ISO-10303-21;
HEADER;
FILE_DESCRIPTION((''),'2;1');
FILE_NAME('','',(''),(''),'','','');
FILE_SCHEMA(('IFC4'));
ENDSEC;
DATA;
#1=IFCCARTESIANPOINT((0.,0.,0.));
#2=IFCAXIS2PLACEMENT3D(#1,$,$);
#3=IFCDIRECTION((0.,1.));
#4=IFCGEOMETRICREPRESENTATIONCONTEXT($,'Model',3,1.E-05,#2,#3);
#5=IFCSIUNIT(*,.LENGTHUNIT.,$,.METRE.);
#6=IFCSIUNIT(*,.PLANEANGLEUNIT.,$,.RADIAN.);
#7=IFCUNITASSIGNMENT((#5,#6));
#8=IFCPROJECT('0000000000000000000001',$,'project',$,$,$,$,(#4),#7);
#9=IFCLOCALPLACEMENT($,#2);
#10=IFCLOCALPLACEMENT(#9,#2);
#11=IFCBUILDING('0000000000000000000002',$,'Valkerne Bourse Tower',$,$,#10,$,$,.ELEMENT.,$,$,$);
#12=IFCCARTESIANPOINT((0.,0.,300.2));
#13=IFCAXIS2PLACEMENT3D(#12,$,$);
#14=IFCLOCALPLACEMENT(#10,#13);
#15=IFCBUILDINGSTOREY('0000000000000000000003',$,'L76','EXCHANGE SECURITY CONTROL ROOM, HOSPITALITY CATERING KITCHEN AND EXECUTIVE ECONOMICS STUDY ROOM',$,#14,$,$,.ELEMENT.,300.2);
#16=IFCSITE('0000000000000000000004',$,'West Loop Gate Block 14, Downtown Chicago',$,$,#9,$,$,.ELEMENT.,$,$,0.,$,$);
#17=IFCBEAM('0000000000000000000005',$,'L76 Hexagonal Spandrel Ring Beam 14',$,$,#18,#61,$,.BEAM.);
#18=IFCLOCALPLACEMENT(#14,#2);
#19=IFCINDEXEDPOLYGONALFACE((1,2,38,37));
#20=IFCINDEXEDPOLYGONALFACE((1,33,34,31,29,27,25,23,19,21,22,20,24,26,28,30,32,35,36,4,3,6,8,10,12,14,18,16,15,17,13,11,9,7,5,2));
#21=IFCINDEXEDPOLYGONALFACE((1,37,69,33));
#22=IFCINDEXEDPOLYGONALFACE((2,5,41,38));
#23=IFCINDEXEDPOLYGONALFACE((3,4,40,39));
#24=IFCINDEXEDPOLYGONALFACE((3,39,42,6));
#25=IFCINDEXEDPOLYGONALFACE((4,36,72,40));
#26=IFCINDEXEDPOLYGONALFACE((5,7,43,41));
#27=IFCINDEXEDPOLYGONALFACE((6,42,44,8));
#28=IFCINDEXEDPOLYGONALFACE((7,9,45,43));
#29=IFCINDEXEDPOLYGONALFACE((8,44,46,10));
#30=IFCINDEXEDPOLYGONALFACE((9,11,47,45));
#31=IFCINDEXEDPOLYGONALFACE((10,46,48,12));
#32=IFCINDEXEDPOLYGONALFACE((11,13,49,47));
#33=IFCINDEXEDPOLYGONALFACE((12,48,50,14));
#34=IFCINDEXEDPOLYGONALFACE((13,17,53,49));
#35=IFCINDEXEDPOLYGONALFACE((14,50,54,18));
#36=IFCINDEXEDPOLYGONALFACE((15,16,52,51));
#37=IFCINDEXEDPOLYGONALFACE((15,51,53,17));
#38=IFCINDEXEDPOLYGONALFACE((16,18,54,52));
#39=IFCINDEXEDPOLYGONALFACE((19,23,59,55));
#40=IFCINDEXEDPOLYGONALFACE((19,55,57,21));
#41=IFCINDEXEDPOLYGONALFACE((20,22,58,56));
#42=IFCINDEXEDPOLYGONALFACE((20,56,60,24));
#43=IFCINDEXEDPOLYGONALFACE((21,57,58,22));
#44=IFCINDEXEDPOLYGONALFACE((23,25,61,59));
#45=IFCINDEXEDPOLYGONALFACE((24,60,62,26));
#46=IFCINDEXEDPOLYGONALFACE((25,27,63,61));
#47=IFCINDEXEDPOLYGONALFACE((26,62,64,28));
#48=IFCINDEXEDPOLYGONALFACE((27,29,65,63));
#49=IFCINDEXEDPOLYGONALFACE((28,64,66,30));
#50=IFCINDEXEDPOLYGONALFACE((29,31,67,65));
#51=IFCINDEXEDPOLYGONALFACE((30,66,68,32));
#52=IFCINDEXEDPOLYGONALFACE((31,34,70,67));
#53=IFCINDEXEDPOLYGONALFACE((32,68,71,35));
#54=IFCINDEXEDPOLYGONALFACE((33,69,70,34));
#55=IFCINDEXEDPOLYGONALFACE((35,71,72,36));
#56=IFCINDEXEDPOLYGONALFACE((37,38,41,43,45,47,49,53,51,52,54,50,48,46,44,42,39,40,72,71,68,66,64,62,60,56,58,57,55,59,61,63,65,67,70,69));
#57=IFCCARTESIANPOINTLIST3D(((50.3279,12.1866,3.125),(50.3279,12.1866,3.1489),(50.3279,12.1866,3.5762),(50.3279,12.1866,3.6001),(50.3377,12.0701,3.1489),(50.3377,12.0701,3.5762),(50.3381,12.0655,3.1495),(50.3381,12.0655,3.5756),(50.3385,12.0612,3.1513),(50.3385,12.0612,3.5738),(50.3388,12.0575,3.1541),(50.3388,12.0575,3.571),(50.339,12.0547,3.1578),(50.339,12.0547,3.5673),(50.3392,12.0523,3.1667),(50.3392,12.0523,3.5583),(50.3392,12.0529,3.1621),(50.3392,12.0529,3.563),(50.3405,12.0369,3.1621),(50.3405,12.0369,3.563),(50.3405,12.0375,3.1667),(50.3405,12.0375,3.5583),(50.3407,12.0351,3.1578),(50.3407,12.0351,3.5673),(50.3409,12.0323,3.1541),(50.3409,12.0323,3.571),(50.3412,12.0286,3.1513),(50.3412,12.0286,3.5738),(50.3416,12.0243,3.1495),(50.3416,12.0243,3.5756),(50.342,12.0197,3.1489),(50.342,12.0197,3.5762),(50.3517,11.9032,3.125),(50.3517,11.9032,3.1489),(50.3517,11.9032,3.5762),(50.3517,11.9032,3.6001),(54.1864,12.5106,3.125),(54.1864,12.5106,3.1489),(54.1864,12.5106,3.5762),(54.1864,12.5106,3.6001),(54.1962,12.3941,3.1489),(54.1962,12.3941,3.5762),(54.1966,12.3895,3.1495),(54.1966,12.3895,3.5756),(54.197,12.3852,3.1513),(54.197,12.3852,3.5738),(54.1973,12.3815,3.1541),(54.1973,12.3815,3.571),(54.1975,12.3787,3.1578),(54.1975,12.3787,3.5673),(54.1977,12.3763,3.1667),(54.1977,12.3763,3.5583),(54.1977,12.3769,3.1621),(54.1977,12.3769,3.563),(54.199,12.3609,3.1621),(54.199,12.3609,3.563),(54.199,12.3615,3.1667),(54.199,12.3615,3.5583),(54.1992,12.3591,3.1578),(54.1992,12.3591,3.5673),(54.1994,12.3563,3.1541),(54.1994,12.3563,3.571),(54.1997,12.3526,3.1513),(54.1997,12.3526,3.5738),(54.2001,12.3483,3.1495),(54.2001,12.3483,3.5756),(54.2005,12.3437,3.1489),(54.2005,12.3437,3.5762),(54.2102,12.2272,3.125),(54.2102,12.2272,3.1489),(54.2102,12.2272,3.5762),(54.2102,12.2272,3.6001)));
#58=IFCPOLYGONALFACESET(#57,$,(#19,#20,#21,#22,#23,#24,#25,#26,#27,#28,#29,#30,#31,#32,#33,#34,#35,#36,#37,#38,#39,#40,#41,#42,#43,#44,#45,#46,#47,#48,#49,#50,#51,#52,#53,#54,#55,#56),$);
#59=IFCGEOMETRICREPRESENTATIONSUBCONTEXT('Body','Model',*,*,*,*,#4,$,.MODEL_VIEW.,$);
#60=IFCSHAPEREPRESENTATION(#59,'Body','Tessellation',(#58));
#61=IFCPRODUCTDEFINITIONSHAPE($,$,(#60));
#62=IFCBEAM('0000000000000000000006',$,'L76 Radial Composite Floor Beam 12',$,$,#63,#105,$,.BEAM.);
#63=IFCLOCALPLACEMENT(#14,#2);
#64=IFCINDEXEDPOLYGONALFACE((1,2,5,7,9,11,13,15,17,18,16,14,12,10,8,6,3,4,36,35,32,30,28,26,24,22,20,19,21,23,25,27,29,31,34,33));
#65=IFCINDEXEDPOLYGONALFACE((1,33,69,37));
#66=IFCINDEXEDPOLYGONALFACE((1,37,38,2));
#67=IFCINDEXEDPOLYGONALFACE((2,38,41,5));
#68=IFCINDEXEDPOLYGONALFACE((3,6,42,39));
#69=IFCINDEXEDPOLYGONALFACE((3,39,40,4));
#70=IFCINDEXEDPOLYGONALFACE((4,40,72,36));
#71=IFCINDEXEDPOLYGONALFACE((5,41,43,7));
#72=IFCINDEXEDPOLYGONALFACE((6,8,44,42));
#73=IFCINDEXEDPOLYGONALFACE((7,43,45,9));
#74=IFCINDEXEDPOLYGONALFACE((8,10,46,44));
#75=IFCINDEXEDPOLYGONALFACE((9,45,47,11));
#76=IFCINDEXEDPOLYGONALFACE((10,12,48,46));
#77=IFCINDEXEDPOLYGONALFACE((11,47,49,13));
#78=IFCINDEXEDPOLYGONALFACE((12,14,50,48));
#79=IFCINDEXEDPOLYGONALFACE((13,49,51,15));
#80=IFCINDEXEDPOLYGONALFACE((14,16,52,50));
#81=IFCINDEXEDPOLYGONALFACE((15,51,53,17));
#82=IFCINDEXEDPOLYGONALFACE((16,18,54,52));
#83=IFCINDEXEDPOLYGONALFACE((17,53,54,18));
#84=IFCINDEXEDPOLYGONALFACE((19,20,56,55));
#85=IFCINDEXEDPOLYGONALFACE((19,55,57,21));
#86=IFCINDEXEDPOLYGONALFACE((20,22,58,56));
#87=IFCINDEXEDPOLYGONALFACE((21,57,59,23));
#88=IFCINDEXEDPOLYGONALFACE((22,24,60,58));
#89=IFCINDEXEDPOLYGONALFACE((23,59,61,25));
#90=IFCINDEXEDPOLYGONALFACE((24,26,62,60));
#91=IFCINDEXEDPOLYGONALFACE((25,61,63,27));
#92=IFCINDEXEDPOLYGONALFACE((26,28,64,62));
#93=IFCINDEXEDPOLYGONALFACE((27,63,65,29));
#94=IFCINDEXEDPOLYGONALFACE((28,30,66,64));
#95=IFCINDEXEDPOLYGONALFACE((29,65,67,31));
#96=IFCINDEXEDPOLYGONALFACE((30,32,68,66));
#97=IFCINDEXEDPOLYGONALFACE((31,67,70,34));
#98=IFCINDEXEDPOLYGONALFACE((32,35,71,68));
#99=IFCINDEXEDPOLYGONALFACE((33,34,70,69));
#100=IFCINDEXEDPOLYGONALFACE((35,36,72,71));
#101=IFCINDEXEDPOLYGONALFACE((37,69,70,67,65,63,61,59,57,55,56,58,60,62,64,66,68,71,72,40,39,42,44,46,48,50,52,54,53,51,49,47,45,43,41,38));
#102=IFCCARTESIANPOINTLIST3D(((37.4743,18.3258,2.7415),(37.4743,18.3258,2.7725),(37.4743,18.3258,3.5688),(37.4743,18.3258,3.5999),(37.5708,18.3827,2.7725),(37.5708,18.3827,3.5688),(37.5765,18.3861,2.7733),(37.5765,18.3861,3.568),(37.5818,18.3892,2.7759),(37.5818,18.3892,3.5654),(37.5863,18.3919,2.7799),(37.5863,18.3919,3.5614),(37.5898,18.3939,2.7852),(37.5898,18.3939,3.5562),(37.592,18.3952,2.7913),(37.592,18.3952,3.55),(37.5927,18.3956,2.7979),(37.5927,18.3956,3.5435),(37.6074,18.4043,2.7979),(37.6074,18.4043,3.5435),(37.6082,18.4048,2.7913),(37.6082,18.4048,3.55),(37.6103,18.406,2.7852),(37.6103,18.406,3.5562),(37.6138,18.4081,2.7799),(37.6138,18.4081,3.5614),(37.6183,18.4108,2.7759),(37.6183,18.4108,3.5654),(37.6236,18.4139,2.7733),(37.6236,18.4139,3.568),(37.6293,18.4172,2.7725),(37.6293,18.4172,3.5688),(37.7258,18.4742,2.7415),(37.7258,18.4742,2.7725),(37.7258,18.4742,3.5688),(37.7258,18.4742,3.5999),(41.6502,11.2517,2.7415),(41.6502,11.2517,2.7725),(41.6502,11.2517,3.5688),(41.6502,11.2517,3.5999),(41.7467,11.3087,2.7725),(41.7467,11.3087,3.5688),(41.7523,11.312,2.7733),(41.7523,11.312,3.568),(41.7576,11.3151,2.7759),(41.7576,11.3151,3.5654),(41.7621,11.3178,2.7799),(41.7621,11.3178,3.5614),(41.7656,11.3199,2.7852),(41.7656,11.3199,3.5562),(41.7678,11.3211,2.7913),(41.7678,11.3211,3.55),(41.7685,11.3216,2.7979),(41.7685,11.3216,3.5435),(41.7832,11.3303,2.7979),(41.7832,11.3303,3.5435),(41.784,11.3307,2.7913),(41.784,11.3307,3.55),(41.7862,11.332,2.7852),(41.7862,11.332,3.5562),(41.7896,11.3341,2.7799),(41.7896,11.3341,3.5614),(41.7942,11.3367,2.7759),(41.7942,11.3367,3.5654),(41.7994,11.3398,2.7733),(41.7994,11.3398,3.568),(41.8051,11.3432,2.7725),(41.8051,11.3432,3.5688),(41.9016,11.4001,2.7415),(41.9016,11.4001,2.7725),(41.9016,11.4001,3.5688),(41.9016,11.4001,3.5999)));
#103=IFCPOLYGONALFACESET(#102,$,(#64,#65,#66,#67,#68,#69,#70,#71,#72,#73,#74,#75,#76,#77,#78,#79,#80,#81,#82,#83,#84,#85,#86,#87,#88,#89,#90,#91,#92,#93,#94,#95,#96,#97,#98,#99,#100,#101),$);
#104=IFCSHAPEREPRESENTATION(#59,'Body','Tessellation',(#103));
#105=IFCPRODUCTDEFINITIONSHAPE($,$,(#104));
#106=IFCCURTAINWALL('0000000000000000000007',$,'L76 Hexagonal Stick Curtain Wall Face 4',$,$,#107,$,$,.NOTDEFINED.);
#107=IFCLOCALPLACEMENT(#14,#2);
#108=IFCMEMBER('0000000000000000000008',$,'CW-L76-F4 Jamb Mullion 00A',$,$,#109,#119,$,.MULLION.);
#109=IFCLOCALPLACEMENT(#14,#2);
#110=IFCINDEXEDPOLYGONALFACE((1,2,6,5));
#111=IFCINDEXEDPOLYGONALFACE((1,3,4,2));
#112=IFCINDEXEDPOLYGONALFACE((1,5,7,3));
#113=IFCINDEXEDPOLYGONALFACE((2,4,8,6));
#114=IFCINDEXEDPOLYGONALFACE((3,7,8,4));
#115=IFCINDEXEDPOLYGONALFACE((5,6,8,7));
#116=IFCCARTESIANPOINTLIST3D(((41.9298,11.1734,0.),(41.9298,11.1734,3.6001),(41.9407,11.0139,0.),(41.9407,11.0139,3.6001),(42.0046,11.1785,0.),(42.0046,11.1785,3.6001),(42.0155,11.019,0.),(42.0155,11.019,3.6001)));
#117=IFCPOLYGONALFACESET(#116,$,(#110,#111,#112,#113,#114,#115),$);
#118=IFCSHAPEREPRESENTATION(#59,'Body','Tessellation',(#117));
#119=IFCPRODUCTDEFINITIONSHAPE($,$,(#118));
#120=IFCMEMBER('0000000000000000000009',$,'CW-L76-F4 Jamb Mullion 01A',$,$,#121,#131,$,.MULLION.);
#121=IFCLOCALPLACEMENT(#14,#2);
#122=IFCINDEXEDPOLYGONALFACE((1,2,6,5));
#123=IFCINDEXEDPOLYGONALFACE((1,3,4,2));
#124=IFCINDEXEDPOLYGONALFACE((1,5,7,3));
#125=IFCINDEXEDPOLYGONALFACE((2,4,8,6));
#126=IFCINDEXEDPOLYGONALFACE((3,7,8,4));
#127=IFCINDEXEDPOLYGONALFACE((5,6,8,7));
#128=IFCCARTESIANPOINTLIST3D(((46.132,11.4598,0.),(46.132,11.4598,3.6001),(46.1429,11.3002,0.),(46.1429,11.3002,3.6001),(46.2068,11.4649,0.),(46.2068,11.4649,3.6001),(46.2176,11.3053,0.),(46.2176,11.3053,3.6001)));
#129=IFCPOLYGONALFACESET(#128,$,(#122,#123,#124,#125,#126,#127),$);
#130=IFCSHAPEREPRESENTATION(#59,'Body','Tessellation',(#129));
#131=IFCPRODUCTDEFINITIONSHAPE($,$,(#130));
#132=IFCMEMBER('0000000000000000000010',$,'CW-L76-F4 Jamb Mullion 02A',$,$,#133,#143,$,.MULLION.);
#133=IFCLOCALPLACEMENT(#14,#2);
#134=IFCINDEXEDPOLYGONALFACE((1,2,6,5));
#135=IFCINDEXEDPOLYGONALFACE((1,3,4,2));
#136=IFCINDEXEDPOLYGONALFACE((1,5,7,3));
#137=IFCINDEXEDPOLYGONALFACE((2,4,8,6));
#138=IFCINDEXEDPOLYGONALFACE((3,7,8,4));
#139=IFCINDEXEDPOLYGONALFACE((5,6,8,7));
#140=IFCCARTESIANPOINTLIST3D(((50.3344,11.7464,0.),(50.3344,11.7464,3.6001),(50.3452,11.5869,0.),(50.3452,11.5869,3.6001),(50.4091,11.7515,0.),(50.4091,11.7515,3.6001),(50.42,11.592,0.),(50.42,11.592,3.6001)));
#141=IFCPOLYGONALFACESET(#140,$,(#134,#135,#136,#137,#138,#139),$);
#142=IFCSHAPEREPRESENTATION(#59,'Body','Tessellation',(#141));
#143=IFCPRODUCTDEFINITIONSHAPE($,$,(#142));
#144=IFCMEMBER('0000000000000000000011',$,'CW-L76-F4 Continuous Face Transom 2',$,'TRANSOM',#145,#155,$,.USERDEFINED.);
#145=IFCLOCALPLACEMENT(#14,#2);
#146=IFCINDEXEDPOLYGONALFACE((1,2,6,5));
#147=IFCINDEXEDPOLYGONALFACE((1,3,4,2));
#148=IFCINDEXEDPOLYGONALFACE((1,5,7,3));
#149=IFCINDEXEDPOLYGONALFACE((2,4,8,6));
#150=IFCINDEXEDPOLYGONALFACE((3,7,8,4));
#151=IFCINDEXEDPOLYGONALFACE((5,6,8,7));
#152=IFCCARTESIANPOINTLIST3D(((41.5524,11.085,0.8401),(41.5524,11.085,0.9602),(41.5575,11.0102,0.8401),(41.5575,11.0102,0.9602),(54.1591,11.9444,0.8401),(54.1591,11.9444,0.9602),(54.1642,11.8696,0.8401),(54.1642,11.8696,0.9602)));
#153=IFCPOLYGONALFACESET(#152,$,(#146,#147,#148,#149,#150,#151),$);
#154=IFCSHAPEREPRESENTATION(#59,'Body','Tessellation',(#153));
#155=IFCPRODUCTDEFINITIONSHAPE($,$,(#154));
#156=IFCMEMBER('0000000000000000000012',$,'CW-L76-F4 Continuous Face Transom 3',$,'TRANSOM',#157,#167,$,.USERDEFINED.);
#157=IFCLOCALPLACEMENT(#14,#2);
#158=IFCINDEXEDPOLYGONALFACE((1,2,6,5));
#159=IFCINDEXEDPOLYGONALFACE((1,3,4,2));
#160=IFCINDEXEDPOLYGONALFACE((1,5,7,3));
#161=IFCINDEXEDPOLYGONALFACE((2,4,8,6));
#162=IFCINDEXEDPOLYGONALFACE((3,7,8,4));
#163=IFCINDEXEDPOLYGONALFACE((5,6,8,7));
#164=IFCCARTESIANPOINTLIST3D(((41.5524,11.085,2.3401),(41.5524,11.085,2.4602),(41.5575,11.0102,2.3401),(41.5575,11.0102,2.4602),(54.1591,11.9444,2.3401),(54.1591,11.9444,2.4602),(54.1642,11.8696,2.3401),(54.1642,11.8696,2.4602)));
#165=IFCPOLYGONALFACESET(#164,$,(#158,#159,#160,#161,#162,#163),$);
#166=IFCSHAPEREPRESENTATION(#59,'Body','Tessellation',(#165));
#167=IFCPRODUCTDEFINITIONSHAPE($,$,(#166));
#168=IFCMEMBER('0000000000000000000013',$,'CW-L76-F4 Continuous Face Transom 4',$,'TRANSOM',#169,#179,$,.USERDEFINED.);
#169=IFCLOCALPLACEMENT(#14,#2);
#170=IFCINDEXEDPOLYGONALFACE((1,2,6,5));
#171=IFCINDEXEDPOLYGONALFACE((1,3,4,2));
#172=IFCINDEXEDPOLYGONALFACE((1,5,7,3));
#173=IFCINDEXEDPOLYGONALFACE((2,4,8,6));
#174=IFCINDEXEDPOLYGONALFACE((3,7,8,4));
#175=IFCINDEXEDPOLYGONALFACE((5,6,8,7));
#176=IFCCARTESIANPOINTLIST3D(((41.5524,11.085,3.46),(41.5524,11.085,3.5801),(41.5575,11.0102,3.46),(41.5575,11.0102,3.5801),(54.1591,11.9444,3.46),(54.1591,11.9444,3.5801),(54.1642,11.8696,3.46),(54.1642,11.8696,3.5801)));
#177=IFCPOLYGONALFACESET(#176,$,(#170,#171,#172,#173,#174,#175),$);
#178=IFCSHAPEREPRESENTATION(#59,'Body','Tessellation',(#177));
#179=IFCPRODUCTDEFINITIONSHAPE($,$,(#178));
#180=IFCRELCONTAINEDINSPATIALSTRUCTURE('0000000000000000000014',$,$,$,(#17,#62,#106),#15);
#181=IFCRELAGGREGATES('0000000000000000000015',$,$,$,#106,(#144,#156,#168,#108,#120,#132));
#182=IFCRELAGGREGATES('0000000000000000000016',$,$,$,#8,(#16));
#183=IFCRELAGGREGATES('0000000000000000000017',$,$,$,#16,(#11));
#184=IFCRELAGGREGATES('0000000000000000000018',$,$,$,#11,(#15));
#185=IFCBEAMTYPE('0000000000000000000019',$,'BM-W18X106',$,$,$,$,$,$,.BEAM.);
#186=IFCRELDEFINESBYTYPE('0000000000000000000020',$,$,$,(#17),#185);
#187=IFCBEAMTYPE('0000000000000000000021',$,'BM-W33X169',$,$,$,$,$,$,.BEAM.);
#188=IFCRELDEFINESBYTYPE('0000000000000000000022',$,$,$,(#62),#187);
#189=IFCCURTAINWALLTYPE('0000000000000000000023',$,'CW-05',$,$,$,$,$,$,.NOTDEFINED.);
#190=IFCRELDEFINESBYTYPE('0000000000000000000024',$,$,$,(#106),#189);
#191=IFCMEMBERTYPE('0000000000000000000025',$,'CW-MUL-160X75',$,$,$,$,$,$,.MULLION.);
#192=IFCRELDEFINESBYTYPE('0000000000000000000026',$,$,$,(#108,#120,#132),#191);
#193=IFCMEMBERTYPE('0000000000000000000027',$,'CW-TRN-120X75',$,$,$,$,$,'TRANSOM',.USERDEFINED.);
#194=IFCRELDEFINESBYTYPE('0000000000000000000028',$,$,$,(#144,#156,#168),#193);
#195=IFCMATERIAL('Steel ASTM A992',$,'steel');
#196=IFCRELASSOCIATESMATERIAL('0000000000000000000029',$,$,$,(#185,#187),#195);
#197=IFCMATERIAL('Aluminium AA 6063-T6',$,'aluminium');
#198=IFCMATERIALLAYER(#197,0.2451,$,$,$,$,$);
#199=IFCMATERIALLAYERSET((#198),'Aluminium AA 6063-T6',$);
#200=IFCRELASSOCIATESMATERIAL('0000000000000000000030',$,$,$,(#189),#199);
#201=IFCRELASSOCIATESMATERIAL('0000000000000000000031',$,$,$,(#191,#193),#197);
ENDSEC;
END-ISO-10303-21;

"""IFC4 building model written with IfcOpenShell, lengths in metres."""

from ifc_helpers import new_model, si_unit, direction, frame, origin, origin_2d, place, context, subcontext, project, spatial, rectangle, i_section, extrude, material, layer, layer_set, material_profile, profile_set, type_object, element, aggregate, save


model = new_model("IFC4")

# Units and contexts
model_context = context("Model", 3, precision=1e-05, world=origin(), true_north=direction((0.0, 1.0)))
body_context = subcontext(model_context, "Body", "Model", "MODEL_VIEW")
ifc_project = project(units=[si_unit("LENGTHUNIT", "METRE"), si_unit("PLANEANGLEUNIT", "RADIAN")], contexts=[model_context])

# Site, building, storey
site_placement = place(None, origin())
site = spatial("IfcSite", under=ifc_project, at=site_placement, Name="West Loop Gate Block 14, Downtown Chicago", CompositionType="ELEMENT", RefElevation=0.0)
building_placement = place(site_placement, origin())
building = spatial("IfcBuilding", under=site, at=building_placement, Name="Valkerne Bourse Tower", CompositionType="ELEMENT")
storey_placement = place(building_placement, frame((0.0, 0.0, 300.2)))
storey = spatial("IfcBuildingStorey", under=building, at=storey_placement, Name="L76", Description="EXCHANGE SECURITY CONTROL ROOM, HOSPITALITY CATERING KITCHEN AND EXECUTIVE ECONOMICS STUDY ROOM", CompositionType="ELEMENT", Elevation=300.2)

# Beams
ifc_material_1 = material(Name="Steel ASTM A992", Category="steel")
ifc_material_profile_1 = material_profile(ifc_material_1, i_section(OverallWidth=0.2844, OverallDepth=0.4751, WebThickness=0.0149, FlangeThickness=0.0239, FilletRadius=0.0178, at=origin_2d()), Name="W18X106")
ifc_profile_set_1 = profile_set([ifc_material_profile_1], Name="Steel ASTM A992")
beam_type_1 = type_object("IfcBeamType", Name="BM-W18X106", PredefinedType="BEAM", material=ifc_profile_set_1)
for number, where, z_axis, x_axis, name in (
    (1, (50.3398, 12.0449, 3.3625), (0.996493, 0.083672, 0.0), (-0.083672, 0.996493, 0.0), "L76 Hexagonal Spandrel Ring Beam 14"),
):
    element("IfcBeam", number, at=place(storey_placement, frame(where, z_axis=z_axis, x_axis=x_axis)), inside=storey, type_object=beam_type_1, Name=name, PredefinedType="BEAM", context=body_context, shape_type="SweptSolid", body=[
        extrude(i_section(OverallWidth=0.2844, OverallDepth=0.4751, WebThickness=0.0149, FlangeThickness=0.0239, FilletRadius=0.0178, at=origin_2d()), origin(), (0.0, 0.0, 1.0), 3.8721),
    ])
ifc_material_profile_2 = material_profile(ifc_material_1, i_section(OverallWidth=0.292, OverallDepth=0.8584, WebThickness=0.0171, FlangeThickness=0.031, FilletRadius=0.0254, at=origin_2d()), Name="W33X169")
ifc_profile_set_2 = profile_set([ifc_material_profile_2], Name="Steel ASTM A992")
beam_type_2 = type_object("IfcBeamType", Name="BM-W33X169", PredefinedType="BEAM", material=ifc_profile_set_2)
beam_placement = place(storey_placement, frame((41.7759, 11.3259, 3.1707), z_axis=(-0.508342, 0.861155, 0.0), x_axis=(-0.861155, -0.508342, 0.0)))
element("IfcBeam", 2, at=beam_placement, inside=storey, type_object=beam_type_2, Name="L76 Radial Composite Floor Beam 12", PredefinedType="BEAM", context=body_context, shape_type="SweptSolid", body=[
    extrude(i_section(OverallWidth=0.292, OverallDepth=0.8584, WebThickness=0.0171, FlangeThickness=0.031, FilletRadius=0.0254, at=origin_2d()), origin(), (0.0, 0.0, 1.0), 8.2146),
])

# Curtain wall, members
ifc_material_2 = material(Name="Aluminium AA 6063-T6", Category="aluminium")
ifc_layer_1 = layer(ifc_material_2, 0.2451)
ifc_layer_set_1 = layer_set([ifc_layer_1], Name="Aluminium AA 6063-T6")
curtain_wall_type = type_object("IfcCurtainWallType", Name="CW-05", PredefinedType="NOTDEFINED", material=ifc_layer_set_1)
curtain_wall_placement = place(storey_placement, origin())
curtain_wall = element("IfcCurtainWall", 3, at=curtain_wall_placement, inside=storey, type_object=curtain_wall_type, Name="L76 Hexagonal Stick Curtain Wall Face 4", PredefinedType="NOTDEFINED")
ifc_material_profile_3 = material_profile(ifc_material_2, rectangle(XDim=0.075, YDim=0.1599, at=origin_2d()), Name="CWM-75X160")
ifc_profile_set_3 = profile_set([ifc_material_profile_3], Name="Aluminium AA 6063-T6")
member_type_1 = type_object("IfcMemberType", Name="CW-MUL-160X75", PredefinedType="MULLION", material=ifc_profile_set_3)
member_1_placement = place(storey_placement, frame((41.9727, 11.0962, 0.0), z_axis=(0.0, 0.0, 1.0), x_axis=(0.997684, 0.068021, 0.0)))
member_1 = element("IfcMember", 4, at=member_1_placement, type_object=member_type_1, Name="CW-L76-F4 Jamb Mullion 00A", PredefinedType="MULLION", context=body_context, shape_type="SweptSolid", body=[
    extrude(rectangle(XDim=0.075, YDim=0.1599, at=origin_2d()), origin(), (0.0, 0.0, 1.0), 3.6001),
])
member_2_placement = place(storey_placement, frame((46.1748, 11.3826, 0.0), z_axis=(0.0, 0.0, 1.0), x_axis=(0.997684, 0.068019, 0.0)))
member_2 = element("IfcMember", 5, at=member_2_placement, type_object=member_type_1, Name="CW-L76-F4 Jamb Mullion 01A", PredefinedType="MULLION", context=body_context, shape_type="SweptSolid", body=[
    extrude(rectangle(XDim=0.075, YDim=0.1599, at=origin_2d()), origin(), (0.0, 0.0, 1.0), 3.6001),
])
member_3_placement = place(storey_placement, frame((50.3772, 11.6692, 0.0), z_axis=(0.0, 0.0, 1.0), x_axis=(0.997684, 0.068021, 0.0)))
member_3 = element("IfcMember", 6, at=member_3_placement, type_object=member_type_1, Name="CW-L76-F4 Jamb Mullion 02A", PredefinedType="MULLION", context=body_context, shape_type="SweptSolid", body=[
    extrude(rectangle(XDim=0.075, YDim=0.1599, at=origin_2d()), origin(), (0.0, 0.0, 1.0), 3.6001),
])
ifc_material_profile_4 = material_profile(ifc_material_2, rectangle(XDim=0.075, YDim=0.1201, at=origin_2d()), Name="CWT-75X120")
ifc_profile_set_4 = profile_set([ifc_material_profile_4], Name="Aluminium AA 6063-T6")
member_type_2 = type_object("IfcMemberType", Name="CW-TRN-120X75", ElementType="TRANSOM", PredefinedType="USERDEFINED", material=ifc_profile_set_4)
member_4_placement = place(storey_placement, frame((41.5549, 11.0476, 0.9001), z_axis=(0.997685, 0.06801, 0.0), x_axis=(-0.06801, 0.997685, 0.0)))
member_4 = element("IfcMember", 7, at=member_4_placement, type_object=member_type_2, Name="CW-L76-F4 Continuous Face Transom 2", ObjectType="TRANSOM", PredefinedType="USERDEFINED", context=body_context, shape_type="SweptSolid", body=[
    extrude(rectangle(XDim=0.075, YDim=0.1201, at=origin_2d()), origin(), (0.0, 0.0, 1.0), 12.636),
])
member_5_placement = place(storey_placement, frame((41.5549, 11.0476, 2.4001), z_axis=(0.997685, 0.06801, 0.0), x_axis=(-0.06801, 0.997685, 0.0)))
member_5 = element("IfcMember", 8, at=member_5_placement, type_object=member_type_2, Name="CW-L76-F4 Continuous Face Transom 3", ObjectType="TRANSOM", PredefinedType="USERDEFINED", context=body_context, shape_type="SweptSolid", body=[
    extrude(rectangle(XDim=0.075, YDim=0.1201, at=origin_2d()), origin(), (0.0, 0.0, 1.0), 12.636),
])
member_6_placement = place(storey_placement, frame((41.5549, 11.0476, 3.52), z_axis=(0.997685, 0.06801, 0.0), x_axis=(-0.06801, 0.997685, 0.0)))
member_6 = element("IfcMember", 9, at=member_6_placement, type_object=member_type_2, Name="CW-L76-F4 Continuous Face Transom 4", ObjectType="TRANSOM", PredefinedType="USERDEFINED", context=body_context, shape_type="SweptSolid", body=[
    extrude(rectangle(XDim=0.075, YDim=0.1201, at=origin_2d()), origin(), (0.0, 0.0, 1.0), 12.636),
])

aggregate(curtain_wall, [member_4, member_5, member_6, member_1, member_2, member_3])

save(model, "model.ifc")
